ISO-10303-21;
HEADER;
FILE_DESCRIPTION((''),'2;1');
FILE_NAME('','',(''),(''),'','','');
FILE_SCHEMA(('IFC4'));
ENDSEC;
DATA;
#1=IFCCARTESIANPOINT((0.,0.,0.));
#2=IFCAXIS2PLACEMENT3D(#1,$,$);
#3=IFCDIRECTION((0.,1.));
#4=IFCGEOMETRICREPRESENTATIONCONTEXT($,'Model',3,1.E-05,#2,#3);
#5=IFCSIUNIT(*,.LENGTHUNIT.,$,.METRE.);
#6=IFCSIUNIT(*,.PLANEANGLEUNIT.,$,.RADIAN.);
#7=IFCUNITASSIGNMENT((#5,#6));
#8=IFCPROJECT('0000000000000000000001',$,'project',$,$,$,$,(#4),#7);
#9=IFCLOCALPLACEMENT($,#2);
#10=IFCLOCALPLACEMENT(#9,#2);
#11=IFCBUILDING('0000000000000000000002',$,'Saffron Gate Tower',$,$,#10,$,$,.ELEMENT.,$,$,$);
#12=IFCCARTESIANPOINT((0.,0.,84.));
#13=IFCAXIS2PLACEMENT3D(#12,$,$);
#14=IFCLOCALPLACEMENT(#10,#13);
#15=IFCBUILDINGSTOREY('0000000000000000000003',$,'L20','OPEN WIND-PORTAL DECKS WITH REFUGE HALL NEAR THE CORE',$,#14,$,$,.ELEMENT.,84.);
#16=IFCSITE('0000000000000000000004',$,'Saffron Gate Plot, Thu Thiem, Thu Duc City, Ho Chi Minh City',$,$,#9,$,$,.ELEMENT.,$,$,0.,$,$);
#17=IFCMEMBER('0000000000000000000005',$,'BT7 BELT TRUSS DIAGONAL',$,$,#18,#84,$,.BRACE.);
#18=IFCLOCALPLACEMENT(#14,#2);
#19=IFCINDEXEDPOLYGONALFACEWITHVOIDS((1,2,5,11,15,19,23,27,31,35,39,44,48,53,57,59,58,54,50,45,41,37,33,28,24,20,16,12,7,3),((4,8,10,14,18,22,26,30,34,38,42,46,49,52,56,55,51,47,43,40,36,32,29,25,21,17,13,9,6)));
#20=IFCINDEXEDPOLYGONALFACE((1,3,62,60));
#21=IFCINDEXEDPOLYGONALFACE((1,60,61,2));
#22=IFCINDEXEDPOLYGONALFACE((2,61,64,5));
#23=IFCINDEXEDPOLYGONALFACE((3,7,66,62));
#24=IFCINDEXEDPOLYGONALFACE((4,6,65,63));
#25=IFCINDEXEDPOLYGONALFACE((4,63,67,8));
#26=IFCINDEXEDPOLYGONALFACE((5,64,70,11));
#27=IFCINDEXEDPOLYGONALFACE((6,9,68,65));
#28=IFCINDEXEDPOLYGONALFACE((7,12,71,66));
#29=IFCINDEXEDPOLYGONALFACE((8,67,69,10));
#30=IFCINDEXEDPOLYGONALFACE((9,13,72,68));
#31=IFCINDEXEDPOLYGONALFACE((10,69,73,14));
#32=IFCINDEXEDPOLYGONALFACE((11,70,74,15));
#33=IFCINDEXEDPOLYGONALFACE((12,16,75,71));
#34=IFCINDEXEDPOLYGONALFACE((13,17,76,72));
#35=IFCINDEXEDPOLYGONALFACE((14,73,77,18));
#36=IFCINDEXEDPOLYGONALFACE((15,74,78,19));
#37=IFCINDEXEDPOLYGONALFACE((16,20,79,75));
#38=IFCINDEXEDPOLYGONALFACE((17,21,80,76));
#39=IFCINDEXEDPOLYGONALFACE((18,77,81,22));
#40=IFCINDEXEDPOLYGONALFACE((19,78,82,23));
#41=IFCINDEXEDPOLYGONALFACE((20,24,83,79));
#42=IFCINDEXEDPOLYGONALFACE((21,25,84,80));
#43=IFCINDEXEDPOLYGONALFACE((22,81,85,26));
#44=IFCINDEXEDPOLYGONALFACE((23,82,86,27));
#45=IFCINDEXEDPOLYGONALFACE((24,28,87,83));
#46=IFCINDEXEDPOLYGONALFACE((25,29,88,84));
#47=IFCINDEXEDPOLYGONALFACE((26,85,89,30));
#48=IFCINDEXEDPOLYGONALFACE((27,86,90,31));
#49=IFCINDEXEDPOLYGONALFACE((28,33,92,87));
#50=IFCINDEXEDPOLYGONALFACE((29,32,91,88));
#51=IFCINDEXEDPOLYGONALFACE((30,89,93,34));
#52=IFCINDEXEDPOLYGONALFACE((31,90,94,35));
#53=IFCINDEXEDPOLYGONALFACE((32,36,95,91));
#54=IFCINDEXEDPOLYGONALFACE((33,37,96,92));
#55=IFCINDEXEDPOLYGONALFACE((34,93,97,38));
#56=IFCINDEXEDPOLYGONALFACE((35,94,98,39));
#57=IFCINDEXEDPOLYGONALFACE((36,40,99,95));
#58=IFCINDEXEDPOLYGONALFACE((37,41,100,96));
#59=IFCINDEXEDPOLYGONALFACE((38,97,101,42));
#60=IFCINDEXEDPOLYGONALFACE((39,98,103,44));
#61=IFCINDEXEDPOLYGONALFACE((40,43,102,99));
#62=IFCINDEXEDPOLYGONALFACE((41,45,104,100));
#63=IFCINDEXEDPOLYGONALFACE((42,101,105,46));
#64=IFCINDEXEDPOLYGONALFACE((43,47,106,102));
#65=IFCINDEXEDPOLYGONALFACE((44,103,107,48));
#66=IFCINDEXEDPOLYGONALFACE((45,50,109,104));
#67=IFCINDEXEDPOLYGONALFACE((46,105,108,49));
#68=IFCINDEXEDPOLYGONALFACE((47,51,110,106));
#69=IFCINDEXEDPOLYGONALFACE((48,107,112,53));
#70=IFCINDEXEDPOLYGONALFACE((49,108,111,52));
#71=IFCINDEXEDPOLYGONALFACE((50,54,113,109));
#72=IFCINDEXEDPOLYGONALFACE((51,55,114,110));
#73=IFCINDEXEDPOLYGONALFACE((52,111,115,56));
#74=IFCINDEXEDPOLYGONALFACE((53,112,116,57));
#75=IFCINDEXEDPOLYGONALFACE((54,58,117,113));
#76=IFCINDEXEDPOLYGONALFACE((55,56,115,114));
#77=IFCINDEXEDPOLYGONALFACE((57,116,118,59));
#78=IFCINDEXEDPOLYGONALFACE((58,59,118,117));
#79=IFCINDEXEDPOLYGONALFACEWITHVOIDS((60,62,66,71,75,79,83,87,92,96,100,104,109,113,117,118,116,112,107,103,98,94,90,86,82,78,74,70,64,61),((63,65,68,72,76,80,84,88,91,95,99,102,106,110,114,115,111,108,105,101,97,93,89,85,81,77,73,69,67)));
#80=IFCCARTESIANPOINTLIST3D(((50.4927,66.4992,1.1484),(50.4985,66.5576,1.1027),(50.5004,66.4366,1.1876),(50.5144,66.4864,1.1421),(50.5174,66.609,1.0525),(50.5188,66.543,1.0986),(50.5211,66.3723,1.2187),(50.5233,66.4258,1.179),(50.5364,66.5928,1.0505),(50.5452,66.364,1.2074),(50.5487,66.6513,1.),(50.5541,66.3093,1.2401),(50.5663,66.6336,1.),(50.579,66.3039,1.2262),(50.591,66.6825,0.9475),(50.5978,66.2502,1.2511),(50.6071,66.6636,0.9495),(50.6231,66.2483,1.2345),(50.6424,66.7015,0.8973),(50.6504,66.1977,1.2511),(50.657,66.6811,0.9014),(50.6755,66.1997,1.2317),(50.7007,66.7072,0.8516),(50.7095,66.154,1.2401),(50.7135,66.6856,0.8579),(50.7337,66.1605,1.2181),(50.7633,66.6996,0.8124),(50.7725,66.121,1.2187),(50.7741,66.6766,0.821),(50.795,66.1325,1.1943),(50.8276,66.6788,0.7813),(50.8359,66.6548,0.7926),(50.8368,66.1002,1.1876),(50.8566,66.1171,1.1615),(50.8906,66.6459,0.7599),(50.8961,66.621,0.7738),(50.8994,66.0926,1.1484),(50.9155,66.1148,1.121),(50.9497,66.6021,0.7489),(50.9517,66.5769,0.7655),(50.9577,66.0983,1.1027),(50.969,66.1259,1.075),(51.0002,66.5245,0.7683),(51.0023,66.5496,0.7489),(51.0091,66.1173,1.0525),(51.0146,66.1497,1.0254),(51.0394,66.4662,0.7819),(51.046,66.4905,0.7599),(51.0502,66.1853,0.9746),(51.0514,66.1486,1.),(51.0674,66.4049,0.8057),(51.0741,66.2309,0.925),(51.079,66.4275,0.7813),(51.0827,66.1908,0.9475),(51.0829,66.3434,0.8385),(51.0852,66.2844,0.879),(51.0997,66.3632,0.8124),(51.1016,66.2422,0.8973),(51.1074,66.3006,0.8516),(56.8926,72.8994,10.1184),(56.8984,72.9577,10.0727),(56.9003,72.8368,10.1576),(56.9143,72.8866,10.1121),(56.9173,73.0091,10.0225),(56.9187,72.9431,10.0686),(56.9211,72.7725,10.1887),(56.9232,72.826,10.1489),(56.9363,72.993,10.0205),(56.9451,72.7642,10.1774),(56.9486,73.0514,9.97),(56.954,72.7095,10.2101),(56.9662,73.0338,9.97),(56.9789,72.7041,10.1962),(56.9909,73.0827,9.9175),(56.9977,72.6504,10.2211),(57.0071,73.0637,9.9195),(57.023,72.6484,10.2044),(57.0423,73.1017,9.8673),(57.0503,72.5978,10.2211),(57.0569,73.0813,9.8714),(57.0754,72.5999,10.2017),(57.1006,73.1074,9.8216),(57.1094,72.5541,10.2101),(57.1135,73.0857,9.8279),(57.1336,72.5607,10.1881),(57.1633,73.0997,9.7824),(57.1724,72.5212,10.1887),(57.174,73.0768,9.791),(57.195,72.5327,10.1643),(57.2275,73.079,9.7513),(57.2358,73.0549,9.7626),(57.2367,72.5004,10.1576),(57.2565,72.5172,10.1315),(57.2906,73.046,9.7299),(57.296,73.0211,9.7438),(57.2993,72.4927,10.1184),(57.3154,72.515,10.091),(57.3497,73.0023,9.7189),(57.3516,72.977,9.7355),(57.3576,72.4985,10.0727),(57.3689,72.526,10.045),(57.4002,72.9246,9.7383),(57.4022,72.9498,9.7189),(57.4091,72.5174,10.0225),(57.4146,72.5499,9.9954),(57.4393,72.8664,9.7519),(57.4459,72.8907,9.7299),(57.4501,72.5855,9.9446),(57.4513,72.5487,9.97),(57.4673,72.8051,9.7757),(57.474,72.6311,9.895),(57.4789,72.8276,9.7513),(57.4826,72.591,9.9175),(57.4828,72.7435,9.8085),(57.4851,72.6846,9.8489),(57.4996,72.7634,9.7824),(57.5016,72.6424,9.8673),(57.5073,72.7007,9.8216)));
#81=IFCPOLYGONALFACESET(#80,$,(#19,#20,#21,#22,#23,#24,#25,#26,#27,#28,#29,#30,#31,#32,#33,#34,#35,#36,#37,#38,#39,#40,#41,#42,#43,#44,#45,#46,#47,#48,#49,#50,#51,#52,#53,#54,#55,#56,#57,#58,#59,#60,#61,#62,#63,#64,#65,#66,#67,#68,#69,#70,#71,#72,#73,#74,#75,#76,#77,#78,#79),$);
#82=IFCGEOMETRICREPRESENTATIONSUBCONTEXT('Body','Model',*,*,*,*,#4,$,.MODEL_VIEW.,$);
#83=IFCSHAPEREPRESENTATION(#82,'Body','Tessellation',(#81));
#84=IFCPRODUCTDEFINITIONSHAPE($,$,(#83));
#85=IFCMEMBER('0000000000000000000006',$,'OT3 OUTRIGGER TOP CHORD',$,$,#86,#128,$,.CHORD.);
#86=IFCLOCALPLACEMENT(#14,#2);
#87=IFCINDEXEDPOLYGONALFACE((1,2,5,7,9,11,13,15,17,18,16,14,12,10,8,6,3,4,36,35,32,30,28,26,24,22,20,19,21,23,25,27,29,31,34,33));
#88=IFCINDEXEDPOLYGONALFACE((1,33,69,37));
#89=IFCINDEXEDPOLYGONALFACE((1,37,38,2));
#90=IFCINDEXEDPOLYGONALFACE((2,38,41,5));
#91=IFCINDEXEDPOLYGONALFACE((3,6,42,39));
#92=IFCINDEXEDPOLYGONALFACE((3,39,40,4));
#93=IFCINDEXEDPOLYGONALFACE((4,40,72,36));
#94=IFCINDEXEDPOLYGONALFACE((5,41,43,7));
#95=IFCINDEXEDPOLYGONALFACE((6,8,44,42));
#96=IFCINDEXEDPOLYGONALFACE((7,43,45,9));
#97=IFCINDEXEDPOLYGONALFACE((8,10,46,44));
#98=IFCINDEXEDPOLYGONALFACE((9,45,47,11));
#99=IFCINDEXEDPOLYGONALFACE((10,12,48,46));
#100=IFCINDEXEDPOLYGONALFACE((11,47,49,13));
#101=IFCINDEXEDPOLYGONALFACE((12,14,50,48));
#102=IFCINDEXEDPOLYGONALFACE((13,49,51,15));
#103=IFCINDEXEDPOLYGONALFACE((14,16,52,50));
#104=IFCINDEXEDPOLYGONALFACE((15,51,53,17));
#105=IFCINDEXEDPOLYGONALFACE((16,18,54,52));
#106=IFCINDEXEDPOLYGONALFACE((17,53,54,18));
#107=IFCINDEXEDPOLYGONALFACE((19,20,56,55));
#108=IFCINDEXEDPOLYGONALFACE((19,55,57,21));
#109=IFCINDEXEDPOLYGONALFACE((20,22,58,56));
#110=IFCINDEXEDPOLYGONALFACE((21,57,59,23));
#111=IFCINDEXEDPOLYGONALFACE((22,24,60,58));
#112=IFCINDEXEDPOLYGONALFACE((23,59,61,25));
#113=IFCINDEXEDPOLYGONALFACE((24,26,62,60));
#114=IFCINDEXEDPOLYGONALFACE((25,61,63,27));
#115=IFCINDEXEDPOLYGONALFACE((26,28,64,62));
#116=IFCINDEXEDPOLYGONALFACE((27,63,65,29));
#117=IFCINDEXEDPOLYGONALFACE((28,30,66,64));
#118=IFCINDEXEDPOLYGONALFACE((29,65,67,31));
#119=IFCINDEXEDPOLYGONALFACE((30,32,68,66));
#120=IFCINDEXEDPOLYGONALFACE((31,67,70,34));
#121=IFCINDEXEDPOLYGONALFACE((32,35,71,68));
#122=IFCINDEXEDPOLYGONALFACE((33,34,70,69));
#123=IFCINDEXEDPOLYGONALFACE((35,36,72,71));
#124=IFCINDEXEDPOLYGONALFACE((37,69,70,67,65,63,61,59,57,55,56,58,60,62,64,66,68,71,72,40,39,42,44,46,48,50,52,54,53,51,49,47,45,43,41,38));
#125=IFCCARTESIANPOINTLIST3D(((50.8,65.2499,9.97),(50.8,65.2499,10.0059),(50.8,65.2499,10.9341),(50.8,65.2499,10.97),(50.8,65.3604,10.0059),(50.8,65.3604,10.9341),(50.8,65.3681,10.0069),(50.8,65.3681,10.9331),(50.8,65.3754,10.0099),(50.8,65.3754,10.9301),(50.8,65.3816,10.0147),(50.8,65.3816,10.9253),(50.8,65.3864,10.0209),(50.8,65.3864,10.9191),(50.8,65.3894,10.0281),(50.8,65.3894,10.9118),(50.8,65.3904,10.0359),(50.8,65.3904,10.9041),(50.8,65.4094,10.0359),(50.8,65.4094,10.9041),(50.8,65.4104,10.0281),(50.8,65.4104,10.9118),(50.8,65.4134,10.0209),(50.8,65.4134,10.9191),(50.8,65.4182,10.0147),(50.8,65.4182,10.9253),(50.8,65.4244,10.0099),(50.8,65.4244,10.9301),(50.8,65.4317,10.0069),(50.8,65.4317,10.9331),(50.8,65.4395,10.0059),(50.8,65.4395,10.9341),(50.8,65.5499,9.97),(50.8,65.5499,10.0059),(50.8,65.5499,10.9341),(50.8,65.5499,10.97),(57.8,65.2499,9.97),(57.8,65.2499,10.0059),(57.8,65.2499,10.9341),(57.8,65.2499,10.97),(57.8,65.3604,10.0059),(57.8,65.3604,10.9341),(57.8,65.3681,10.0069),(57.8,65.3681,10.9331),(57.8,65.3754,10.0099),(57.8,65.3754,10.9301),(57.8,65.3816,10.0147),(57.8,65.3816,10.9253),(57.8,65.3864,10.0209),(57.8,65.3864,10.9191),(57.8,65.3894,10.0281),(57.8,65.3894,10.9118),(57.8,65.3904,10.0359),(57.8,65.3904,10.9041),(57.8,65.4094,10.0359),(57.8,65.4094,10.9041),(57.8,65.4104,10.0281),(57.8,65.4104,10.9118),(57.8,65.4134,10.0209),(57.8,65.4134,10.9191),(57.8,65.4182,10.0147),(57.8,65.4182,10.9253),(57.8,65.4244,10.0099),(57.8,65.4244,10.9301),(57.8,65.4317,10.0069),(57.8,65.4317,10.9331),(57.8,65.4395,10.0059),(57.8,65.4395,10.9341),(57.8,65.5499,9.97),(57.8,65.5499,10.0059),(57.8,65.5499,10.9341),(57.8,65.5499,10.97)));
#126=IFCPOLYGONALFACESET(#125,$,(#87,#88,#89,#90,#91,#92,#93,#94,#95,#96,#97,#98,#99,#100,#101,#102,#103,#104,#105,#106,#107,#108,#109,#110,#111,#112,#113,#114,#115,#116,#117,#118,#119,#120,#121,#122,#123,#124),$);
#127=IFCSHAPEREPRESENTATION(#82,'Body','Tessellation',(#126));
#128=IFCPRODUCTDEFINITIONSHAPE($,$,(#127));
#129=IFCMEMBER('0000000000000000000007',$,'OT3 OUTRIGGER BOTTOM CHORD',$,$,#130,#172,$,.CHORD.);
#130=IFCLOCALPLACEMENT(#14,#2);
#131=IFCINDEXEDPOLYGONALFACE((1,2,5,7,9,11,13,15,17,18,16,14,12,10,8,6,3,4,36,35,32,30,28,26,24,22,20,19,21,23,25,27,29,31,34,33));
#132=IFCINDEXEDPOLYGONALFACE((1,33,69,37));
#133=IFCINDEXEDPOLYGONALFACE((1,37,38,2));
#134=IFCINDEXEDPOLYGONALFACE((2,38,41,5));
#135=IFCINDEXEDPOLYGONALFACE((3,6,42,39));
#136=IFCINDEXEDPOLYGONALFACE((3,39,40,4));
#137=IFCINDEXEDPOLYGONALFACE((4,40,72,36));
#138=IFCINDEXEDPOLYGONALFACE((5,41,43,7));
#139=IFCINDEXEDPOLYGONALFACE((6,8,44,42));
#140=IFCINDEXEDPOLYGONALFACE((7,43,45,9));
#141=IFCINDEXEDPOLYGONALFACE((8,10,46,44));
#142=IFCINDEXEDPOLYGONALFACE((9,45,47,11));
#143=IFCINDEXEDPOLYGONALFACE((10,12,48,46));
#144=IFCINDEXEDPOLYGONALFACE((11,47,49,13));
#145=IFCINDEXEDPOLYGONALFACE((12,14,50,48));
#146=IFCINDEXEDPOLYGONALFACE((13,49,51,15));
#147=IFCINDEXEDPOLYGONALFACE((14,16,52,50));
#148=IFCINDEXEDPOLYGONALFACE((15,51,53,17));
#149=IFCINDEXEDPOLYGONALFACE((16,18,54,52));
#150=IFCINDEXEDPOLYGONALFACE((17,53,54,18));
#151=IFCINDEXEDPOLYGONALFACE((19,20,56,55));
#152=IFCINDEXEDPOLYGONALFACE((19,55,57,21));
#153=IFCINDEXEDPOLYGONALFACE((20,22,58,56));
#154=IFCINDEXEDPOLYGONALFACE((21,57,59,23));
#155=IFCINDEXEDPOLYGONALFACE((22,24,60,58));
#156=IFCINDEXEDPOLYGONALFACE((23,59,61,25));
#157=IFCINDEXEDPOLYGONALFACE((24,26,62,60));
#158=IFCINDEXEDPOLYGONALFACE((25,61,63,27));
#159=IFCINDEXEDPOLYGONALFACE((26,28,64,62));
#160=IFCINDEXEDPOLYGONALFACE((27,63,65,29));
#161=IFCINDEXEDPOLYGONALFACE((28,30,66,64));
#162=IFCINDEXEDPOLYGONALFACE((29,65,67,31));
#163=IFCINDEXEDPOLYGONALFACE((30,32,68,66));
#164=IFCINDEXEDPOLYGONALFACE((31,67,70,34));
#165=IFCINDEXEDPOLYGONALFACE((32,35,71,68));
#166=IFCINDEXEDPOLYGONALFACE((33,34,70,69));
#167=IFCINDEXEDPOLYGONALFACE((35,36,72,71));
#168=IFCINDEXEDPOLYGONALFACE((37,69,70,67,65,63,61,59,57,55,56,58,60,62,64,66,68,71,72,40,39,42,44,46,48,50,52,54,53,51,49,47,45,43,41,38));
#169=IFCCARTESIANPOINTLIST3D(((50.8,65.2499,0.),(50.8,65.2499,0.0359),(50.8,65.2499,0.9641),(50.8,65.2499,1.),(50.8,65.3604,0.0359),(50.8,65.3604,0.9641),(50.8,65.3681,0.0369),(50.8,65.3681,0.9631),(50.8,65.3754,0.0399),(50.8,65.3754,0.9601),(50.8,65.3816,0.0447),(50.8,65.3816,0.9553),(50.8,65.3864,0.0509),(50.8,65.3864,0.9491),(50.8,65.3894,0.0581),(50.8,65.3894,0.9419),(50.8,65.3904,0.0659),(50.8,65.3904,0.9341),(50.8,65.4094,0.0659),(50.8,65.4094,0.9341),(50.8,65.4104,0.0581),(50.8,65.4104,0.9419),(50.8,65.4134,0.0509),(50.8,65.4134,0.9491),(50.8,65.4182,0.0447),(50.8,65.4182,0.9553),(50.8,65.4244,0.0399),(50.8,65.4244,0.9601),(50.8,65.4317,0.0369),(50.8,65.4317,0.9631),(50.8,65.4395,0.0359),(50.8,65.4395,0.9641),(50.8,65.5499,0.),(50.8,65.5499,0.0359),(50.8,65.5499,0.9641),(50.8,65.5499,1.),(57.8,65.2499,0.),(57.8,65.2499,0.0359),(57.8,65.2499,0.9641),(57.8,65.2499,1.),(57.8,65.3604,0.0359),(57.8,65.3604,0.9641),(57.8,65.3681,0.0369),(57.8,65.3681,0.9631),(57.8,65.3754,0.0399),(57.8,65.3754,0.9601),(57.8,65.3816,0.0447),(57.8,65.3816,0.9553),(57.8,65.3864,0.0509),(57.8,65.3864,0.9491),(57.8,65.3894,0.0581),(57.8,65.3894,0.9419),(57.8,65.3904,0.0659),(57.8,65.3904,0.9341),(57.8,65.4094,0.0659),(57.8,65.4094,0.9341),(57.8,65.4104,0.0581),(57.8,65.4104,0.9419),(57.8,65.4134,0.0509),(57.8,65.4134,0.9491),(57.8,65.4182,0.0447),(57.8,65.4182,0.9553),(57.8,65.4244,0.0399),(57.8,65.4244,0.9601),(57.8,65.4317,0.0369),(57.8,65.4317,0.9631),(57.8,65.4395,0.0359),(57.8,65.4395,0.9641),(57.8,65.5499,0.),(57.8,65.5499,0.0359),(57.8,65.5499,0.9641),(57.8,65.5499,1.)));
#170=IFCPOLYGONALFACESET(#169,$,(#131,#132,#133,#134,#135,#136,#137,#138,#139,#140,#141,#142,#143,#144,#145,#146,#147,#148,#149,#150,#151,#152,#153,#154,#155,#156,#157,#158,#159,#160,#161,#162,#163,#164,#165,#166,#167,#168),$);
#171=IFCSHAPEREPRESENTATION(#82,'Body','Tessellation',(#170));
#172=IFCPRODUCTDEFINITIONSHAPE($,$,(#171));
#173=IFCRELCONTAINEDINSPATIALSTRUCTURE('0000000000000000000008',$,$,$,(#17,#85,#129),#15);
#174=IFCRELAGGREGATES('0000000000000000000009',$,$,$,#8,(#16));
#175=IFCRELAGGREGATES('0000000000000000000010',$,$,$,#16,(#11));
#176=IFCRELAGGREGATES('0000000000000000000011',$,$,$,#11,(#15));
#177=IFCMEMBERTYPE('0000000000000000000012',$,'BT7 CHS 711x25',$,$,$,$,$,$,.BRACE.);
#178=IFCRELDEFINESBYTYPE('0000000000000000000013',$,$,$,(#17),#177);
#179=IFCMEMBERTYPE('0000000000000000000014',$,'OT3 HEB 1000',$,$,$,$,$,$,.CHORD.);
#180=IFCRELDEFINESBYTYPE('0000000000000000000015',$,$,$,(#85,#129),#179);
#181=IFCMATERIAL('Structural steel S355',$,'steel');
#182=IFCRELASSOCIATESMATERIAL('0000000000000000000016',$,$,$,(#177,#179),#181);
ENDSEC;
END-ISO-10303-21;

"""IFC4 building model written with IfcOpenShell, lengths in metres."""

from ifc_helpers import new_model, si_unit, direction, frame, origin, origin_2d, place, context, subcontext, project, spatial, hollow_circle, i_section, extrude, material, material_profile, profile_set, type_object, element, save


model = new_model("IFC4")

# Units and contexts
model_context = context("Model", 3, precision=1e-05, world=origin(), true_north=direction((0.0, 1.0)))
body_context = subcontext(model_context, "Body", "Model", "MODEL_VIEW")
ifc_project = project(units=[si_unit("LENGTHUNIT", "METRE"), si_unit("PLANEANGLEUNIT", "RADIAN")], contexts=[model_context])

# Site, building, storey
site_placement = place(None, origin())
site = spatial("IfcSite", under=ifc_project, at=site_placement, Name="Saffron Gate Plot, Thu Thiem, Thu Duc City, Ho Chi Minh City", CompositionType="ELEMENT", RefElevation=0.0)
building_placement = place(site_placement, origin())
building = spatial("IfcBuilding", under=site, at=building_placement, Name="Saffron Gate Tower", CompositionType="ELEMENT")
storey_placement = place(building_placement, frame((0.0, 0.0, 84.0)))
storey = spatial("IfcBuildingStorey", under=building, at=storey_placement, Name="L20", Description="OPEN WIND-PORTAL DECKS WITH REFUGE HALL NEAR THE CORE", CompositionType="ELEMENT", Elevation=84.0)

# Members
ifc_material_1 = material(Name="Structural steel S355", Category="steel")
ifc_material_profile_1 = material_profile(ifc_material_1, hollow_circle(Radius=0.3555, WallThickness=0.0249, at=origin_2d()))
ifc_profile_set_1 = profile_set([ifc_material_profile_1], Name="Structural steel S355")
member_type_1 = type_object("IfcMemberType", Name="BT7 CHS 711x25", PredefinedType="BRACE", material=ifc_profile_set_1)
member_1_placement = place(storey_placement, frame((50.8, 66.3999, 1.0), z_axis=(0.502234, 0.502253, 0.70392), x_axis=(-0.70712, 0.707093, 0.0)))
element("IfcMember", 1, at=member_1_placement, inside=storey, type_object=member_type_1, Name="BT7 BELT TRUSS DIAGONAL", PredefinedType="BRACE", context=body_context, shape_type="SweptSolid", body=[
    extrude(hollow_circle(Radius=0.3555, WallThickness=0.0249, at=origin_2d()), origin(), (0.0, 0.0, 1.0), 12.7429),
])
ifc_material_profile_2 = material_profile(ifc_material_1, i_section(OverallWidth=0.3, OverallDepth=1.0, WebThickness=0.019, FlangeThickness=0.0359, FilletRadius=0.03, at=origin_2d()))
ifc_profile_set_2 = profile_set([ifc_material_profile_2], Name="Structural steel S355")
member_type_2 = type_object("IfcMemberType", Name="OT3 HEB 1000", PredefinedType="CHORD", material=ifc_profile_set_2)
for number, where, z_axis, x_axis, name in (
    (2, (50.8, 65.3999, 10.47), (1.0, 0.0, 0.0), (0.0, 1.0, 0.0), "OT3 OUTRIGGER TOP CHORD"),
    (3, (50.8, 65.3999, 0.5), (1.0, 0.0, 0.0), (0.0, 1.0, 0.0), "OT3 OUTRIGGER BOTTOM CHORD"),
):
    element("IfcMember", number, at=place(storey_placement, frame(where, z_axis=z_axis, x_axis=x_axis)), inside=storey, type_object=member_type_2, Name=name, PredefinedType="CHORD", context=body_context, shape_type="SweptSolid", body=[
        extrude(i_section(OverallWidth=0.3, OverallDepth=1.0, WebThickness=0.019, FlangeThickness=0.0359, FilletRadius=0.03, at=origin_2d()), origin(), (0.0, 0.0, 1.0), 7.0),
    ])

save(model, "model.ifc")
